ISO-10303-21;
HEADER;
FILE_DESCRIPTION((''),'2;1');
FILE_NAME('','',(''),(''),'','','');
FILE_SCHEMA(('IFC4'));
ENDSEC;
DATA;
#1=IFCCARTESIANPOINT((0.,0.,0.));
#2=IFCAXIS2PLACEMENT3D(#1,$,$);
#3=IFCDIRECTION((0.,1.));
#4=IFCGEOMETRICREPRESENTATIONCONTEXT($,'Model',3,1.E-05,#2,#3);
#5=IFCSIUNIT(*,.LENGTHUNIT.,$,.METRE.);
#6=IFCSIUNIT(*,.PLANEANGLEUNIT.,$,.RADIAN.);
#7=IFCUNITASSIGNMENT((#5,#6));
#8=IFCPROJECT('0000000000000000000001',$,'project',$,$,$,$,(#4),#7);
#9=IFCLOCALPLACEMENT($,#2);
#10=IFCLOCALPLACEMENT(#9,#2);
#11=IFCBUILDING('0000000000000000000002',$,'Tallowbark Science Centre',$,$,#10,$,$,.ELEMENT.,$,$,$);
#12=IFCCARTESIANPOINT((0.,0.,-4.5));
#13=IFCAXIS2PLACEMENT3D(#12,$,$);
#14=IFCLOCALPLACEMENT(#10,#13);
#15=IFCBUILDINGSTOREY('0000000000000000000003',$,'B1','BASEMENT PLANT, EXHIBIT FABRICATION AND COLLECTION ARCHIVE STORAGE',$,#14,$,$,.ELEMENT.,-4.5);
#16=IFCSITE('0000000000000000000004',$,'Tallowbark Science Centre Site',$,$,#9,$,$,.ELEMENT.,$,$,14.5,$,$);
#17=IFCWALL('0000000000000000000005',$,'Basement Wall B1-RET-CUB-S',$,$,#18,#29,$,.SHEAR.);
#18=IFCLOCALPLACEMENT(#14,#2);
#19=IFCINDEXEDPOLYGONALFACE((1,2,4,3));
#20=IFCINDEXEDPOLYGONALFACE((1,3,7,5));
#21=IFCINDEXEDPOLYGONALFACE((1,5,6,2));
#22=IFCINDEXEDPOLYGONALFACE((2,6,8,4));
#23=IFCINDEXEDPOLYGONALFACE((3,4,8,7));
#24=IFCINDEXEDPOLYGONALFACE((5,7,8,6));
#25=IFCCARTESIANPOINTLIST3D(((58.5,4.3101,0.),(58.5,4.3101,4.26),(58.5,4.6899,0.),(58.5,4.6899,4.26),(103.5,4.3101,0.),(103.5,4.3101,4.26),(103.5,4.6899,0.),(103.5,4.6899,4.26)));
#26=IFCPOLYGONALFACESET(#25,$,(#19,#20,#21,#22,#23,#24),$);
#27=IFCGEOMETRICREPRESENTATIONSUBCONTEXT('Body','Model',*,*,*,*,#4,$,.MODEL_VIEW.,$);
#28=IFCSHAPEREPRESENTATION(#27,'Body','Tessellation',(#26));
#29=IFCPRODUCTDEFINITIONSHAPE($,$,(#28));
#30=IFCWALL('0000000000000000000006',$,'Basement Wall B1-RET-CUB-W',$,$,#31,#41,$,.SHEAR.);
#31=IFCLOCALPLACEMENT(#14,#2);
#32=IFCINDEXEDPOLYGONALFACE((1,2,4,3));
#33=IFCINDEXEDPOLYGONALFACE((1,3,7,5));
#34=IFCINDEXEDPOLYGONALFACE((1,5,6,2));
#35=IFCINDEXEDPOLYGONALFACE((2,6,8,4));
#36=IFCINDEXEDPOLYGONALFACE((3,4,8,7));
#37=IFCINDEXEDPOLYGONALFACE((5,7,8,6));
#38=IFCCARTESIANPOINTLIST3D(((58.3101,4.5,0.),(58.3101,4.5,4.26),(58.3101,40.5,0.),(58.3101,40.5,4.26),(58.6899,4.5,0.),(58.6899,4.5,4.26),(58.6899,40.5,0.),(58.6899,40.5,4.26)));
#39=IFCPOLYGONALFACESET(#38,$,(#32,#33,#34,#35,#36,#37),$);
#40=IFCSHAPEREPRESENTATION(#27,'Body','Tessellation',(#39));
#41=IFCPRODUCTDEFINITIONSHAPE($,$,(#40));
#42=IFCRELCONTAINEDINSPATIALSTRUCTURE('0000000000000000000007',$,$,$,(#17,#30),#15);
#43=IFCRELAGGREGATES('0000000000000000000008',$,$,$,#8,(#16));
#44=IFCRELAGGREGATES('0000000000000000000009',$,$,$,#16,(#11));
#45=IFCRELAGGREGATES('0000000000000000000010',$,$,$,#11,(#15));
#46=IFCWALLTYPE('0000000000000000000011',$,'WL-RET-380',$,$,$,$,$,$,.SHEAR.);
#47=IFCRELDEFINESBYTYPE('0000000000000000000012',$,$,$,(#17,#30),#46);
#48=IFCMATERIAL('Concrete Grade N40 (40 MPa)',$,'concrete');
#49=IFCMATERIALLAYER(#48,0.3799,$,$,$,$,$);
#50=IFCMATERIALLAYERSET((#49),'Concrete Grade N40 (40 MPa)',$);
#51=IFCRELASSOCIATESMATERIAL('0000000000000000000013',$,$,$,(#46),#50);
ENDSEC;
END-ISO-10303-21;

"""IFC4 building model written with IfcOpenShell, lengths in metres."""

from ifc_helpers import new_model, si_unit, direction, frame, frame_2d, origin, place, context, subcontext, project, spatial, rectangle, extrude, material, layer, layer_set, type_object, element, save


model = new_model("IFC4")

# Units and contexts
model_context = context("Model", 3, precision=1e-05, world=origin(), true_north=direction((0.0, 1.0)))
body_context = subcontext(model_context, "Body", "Model", "MODEL_VIEW")
ifc_project = project(units=[si_unit("LENGTHUNIT", "METRE"), si_unit("PLANEANGLEUNIT", "RADIAN")], contexts=[model_context])

# Site, building, storey
site_placement = place(None, origin())
site = spatial("IfcSite", under=ifc_project, at=site_placement, Name="Tallowbark Science Centre Site", CompositionType="ELEMENT", RefElevation=14.5)
building_placement = place(site_placement, origin())
building = spatial("IfcBuilding", under=site, at=building_placement, Name="Tallowbark Science Centre", CompositionType="ELEMENT")
storey_placement = place(building_placement, frame((0.0, 0.0, -4.5)))
storey = spatial("IfcBuildingStorey", under=building, at=storey_placement, Name="B1", Description="BASEMENT PLANT, EXHIBIT FABRICATION AND COLLECTION ARCHIVE STORAGE", CompositionType="ELEMENT", Elevation=-4.5)

# Shared definitions
ifc_material_1 = material(Name="Concrete Grade N40 (40 MPa)", Category="concrete")

# Walls
ifc_layer_1 = layer(ifc_material_1, 0.3799)
ifc_layer_set_1 = layer_set([ifc_layer_1], Name="Concrete Grade N40 (40 MPa)")
wall_type = type_object("IfcWallType", Name="WL-RET-380", PredefinedType="SHEAR", material=ifc_layer_set_1)
wall_1_placement = place(storey_placement, frame((58.5, 4.5, 0.0), z_axis=(0.0, 0.0, 1.0), x_axis=(1.0, 0.0, 0.0)))
element("IfcWall", 1, at=wall_1_placement, inside=storey, type_object=wall_type, Name="Basement Wall B1-RET-CUB-S", PredefinedType="SHEAR", context=body_context, shape_type="SweptSolid", body=[
    extrude(rectangle(XDim=45.0, YDim=0.3799, at=frame_2d((22.5, 0.0))), origin(), (0.0, 0.0, 1.0), 4.26),
])
wall_2_placement = place(storey_placement, frame((58.5, 4.5, 0.0), z_axis=(0.0, 0.0, 1.0), x_axis=(0.0, 1.0, 0.0)))
element("IfcWall", 2, at=wall_2_placement, inside=storey, type_object=wall_type, Name="Basement Wall B1-RET-CUB-W", PredefinedType="SHEAR", context=body_context, shape_type="SweptSolid", body=[
    extrude(rectangle(XDim=36.0, YDim=0.3799, at=frame_2d((18.0, 0.0))), origin(), (0.0, 0.0, 1.0), 4.26),
])

save(model, "model.ifc")
